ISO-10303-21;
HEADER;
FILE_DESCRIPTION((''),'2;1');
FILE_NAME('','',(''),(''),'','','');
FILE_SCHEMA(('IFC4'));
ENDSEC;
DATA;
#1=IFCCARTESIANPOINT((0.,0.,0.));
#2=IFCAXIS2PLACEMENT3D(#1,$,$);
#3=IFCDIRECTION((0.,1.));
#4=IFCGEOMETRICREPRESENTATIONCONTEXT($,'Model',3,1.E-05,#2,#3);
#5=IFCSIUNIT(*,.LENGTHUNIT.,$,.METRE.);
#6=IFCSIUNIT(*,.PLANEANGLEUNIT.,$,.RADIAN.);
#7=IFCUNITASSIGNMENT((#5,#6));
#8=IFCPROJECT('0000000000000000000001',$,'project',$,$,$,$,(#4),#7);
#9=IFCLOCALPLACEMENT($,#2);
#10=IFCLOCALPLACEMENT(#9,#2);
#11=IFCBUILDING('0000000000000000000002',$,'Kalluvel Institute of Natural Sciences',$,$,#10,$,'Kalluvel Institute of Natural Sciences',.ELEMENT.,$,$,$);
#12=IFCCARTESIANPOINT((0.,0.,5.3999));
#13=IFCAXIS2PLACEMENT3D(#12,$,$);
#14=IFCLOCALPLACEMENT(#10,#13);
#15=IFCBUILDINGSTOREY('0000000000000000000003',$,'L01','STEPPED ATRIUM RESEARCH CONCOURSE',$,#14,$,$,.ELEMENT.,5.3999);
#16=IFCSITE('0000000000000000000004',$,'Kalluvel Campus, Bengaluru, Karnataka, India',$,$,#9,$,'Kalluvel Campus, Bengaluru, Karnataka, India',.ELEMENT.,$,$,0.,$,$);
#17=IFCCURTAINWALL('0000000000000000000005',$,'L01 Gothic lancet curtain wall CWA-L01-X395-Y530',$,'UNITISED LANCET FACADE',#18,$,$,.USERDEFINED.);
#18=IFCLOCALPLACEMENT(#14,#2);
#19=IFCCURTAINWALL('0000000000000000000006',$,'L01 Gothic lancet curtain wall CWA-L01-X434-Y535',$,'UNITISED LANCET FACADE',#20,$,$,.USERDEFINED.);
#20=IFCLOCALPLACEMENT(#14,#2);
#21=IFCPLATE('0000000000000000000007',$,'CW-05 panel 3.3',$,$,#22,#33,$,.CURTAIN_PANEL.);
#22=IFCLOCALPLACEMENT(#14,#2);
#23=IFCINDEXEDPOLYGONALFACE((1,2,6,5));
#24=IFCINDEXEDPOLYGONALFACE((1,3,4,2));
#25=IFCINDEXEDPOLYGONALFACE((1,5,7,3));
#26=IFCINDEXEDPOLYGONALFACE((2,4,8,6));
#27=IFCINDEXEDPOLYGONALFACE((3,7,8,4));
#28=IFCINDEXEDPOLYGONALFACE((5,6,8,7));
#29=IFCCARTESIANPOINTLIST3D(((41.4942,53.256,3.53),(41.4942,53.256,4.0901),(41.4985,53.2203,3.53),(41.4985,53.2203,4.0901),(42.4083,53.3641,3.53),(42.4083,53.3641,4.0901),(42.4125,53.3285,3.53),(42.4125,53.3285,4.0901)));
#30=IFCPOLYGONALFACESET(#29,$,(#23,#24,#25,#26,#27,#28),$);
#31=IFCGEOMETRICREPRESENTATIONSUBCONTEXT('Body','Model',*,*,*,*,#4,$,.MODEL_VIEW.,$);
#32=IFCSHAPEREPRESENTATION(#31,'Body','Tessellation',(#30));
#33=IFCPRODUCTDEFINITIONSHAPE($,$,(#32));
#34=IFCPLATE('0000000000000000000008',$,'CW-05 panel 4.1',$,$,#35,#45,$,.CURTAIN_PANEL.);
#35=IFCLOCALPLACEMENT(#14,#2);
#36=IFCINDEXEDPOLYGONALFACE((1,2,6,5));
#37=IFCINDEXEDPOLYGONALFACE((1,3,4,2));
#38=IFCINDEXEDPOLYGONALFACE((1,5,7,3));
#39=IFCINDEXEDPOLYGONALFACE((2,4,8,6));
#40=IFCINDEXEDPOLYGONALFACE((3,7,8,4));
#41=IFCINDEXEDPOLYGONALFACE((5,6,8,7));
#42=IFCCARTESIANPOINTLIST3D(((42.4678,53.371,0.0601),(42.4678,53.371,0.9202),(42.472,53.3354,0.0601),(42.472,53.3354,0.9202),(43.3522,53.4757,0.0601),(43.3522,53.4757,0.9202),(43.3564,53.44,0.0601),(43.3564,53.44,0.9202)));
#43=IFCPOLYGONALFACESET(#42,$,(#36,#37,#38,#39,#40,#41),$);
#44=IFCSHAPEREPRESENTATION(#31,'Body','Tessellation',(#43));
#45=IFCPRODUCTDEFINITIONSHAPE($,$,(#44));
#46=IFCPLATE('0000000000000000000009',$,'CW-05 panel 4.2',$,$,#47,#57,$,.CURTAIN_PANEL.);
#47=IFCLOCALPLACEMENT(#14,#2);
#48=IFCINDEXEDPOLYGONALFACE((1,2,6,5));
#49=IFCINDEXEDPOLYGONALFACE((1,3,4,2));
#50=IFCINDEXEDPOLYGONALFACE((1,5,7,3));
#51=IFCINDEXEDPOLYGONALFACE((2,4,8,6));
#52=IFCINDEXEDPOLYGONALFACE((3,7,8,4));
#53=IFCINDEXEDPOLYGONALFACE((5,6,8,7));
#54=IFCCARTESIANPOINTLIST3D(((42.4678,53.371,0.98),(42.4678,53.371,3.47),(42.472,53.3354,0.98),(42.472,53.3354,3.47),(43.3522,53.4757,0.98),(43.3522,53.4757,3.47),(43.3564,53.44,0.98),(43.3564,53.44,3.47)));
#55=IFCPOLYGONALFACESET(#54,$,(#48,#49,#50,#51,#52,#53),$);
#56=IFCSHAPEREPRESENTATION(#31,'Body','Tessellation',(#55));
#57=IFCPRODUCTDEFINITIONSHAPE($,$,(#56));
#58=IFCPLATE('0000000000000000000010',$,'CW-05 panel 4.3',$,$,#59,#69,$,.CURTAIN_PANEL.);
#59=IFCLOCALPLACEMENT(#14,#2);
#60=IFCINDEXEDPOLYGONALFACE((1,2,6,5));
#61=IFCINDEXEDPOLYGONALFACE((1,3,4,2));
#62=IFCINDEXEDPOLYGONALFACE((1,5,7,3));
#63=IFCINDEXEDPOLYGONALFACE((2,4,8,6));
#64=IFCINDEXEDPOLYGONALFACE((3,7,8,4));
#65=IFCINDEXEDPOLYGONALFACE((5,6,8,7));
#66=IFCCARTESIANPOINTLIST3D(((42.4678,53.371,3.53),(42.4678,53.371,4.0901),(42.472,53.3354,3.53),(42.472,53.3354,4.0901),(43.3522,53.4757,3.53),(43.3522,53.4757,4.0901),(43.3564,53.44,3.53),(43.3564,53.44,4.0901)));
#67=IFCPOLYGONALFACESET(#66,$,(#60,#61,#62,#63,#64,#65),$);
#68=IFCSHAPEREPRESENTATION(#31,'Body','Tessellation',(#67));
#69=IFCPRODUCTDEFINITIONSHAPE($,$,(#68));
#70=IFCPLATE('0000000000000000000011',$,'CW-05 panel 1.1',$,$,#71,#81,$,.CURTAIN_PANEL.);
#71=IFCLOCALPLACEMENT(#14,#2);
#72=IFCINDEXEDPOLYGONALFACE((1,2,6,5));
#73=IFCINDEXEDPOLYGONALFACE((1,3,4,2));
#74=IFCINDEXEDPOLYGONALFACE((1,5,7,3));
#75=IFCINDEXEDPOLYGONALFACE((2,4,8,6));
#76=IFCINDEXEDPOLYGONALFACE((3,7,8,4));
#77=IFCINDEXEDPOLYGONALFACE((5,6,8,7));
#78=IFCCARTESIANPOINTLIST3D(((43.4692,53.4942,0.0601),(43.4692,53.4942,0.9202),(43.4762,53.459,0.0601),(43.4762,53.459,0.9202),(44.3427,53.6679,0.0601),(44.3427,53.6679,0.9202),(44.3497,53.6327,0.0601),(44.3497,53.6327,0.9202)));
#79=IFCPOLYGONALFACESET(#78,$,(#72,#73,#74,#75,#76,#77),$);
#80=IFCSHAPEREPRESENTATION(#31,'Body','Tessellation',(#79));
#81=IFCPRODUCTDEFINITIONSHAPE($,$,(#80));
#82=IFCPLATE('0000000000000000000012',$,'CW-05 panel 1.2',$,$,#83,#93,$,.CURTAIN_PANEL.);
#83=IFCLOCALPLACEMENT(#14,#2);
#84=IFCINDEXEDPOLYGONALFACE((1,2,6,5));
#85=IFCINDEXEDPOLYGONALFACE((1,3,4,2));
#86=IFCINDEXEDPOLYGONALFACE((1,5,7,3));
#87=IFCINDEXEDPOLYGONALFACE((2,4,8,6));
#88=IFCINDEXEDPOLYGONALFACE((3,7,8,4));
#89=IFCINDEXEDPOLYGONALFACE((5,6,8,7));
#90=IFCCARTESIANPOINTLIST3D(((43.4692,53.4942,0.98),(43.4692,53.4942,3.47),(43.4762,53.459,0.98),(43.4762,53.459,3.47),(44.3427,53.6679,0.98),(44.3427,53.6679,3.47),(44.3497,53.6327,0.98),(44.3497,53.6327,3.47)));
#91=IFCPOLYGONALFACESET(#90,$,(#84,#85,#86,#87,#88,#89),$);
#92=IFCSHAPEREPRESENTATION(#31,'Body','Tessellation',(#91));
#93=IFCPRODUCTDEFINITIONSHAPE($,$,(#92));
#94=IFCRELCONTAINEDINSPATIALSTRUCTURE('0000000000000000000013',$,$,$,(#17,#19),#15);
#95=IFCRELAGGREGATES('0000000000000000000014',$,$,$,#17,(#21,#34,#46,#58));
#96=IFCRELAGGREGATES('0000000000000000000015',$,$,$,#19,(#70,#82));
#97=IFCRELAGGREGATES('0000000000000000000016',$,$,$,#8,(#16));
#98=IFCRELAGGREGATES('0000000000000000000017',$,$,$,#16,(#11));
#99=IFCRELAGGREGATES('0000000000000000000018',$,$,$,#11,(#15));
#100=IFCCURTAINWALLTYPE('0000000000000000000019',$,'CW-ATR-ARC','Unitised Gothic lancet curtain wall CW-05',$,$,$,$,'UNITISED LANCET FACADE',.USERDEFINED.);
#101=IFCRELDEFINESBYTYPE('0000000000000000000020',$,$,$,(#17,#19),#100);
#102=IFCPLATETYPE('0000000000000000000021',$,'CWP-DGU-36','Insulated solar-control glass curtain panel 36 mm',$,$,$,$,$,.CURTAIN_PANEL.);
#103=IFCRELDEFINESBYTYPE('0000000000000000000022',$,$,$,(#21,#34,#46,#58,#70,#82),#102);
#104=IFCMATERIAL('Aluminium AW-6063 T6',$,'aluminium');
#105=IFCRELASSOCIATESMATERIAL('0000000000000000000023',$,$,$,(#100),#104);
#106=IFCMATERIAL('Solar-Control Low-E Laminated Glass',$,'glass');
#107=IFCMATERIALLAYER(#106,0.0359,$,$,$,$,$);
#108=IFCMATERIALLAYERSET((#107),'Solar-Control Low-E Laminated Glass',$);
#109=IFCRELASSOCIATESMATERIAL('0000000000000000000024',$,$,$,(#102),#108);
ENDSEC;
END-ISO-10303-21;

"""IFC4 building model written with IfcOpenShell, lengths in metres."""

from ifc_helpers import new_model, si_unit, direction, frame, origin, origin_2d, place, context, subcontext, project, spatial, rectangle, extrude, material, layer, layer_set, type_object, element, aggregate, save


model = new_model("IFC4")

# Units and contexts
model_context = context("Model", 3, precision=1e-05, world=origin(), true_north=direction((0.0, 1.0)))
body_context = subcontext(model_context, "Body", "Model", "MODEL_VIEW")
ifc_project = project(units=[si_unit("LENGTHUNIT", "METRE"), si_unit("PLANEANGLEUNIT", "RADIAN")], contexts=[model_context])

# Site, building, storey
site_placement = place(None, origin())
site = spatial("IfcSite", under=ifc_project, at=site_placement, Name="Kalluvel Campus, Bengaluru, Karnataka, India", LongName="Kalluvel Campus, Bengaluru, Karnataka, India", CompositionType="ELEMENT", RefElevation=0.0)
building_placement = place(site_placement, origin())
building = spatial("IfcBuilding", under=site, at=building_placement, Name="Kalluvel Institute of Natural Sciences", LongName="Kalluvel Institute of Natural Sciences", CompositionType="ELEMENT")
storey_placement = place(building_placement, frame((0.0, 0.0, 5.3999)))
storey = spatial("IfcBuildingStorey", under=building, at=storey_placement, Name="L01", Description="STEPPED ATRIUM RESEARCH CONCOURSE", CompositionType="ELEMENT", Elevation=5.3999)

# Curtain wall
ifc_material_1 = material(Name="Aluminium AW-6063 T6", Category="aluminium")
curtain_wall_type = type_object("IfcCurtainWallType", Name="CW-ATR-ARC", Description="Unitised Gothic lancet curtain wall CW-05", ElementType="UNITISED LANCET FACADE", PredefinedType="USERDEFINED", material=ifc_material_1)
curtain_wall_1_placement = place(storey_placement, origin())
curtain_wall_1 = element("IfcCurtainWall", 1, at=curtain_wall_1_placement, inside=storey, type_object=curtain_wall_type, Name="L01 Gothic lancet curtain wall CWA-L01-X395-Y530", ObjectType="UNITISED LANCET FACADE", PredefinedType="USERDEFINED")

# Curtain wall
curtain_wall_2_placement = place(storey_placement, origin())
curtain_wall_2 = element("IfcCurtainWall", 2, at=curtain_wall_2_placement, inside=storey, type_object=curtain_wall_type, Name="L01 Gothic lancet curtain wall CWA-L01-X434-Y535", ObjectType="UNITISED LANCET FACADE", PredefinedType="USERDEFINED")

# Plates
ifc_material_2 = material(Name="Solar-Control Low-E Laminated Glass", Category="glass")
ifc_layer = layer(ifc_material_2, 0.0359)
ifc_layer_set = layer_set([ifc_layer], Name="Solar-Control Low-E Laminated Glass")
plate_type = type_object("IfcPlateType", Name="CWP-DGU-36", Description="Insulated solar-control glass curtain panel 36 mm", PredefinedType="CURTAIN_PANEL", material=ifc_layer_set)
plate_1_placement = place(storey_placement, frame((41.9534, 53.2922, 3.53), z_axis=(0.0, 0.0, 1.0), x_axis=(0.993068, 0.117539, 0.0)))
plate_1 = element("IfcPlate", 3, at=plate_1_placement, type_object=plate_type, Name="CW-05 panel 3.3", PredefinedType="CURTAIN_PANEL", context=body_context, shape_type="SweptSolid", body=[
    extrude(rectangle(XDim=0.9204, YDim=0.0359, at=origin_2d()), origin(), (0.0, 0.0, 1.0), 0.5601),
])
plate_2_placement = place(storey_placement, frame((42.9121, 53.4055, 0.0601), z_axis=(0.0, 0.0, 1.0), x_axis=(0.993068, 0.117539, 0.0)))
plate_2 = element("IfcPlate", 4, at=plate_2_placement, type_object=plate_type, Name="CW-05 panel 4.1", PredefinedType="CURTAIN_PANEL", context=body_context, shape_type="SweptSolid", body=[
    extrude(rectangle(XDim=0.8906, YDim=0.0359, at=origin_2d()), origin(), (0.0, 0.0, 1.0), 0.8601),
])
plate_3_placement = place(storey_placement, frame((42.9121, 53.4055, 0.98), z_axis=(0.0, 0.0, 1.0), x_axis=(0.993068, 0.117539, 0.0)))
plate_3 = element("IfcPlate", 5, at=plate_3_placement, type_object=plate_type, Name="CW-05 panel 4.2", PredefinedType="CURTAIN_PANEL", context=body_context, shape_type="SweptSolid", body=[
    extrude(rectangle(XDim=0.8906, YDim=0.0359, at=origin_2d()), origin(), (0.0, 0.0, 1.0), 2.49),
])
plate_4_placement = place(storey_placement, frame((42.9121, 53.4055, 3.53), z_axis=(0.0, 0.0, 1.0), x_axis=(0.993068, 0.117539, 0.0)))
plate_4 = element("IfcPlate", 6, at=plate_4_placement, type_object=plate_type, Name="CW-05 panel 4.3", PredefinedType="CURTAIN_PANEL", context=body_context, shape_type="SweptSolid", body=[
    extrude(rectangle(XDim=0.8906, YDim=0.0359, at=origin_2d()), origin(), (0.0, 0.0, 1.0), 0.5601),
])
aggregate(curtain_wall_1, [plate_1, plate_2, plate_3, plate_4])
plate_5_placement = place(storey_placement, frame((43.9094, 53.5635, 0.0601), z_axis=(0.0, 0.0, 1.0), x_axis=(0.980788, 0.195077, 0.0)))
plate_5 = element("IfcPlate", 7, at=plate_5_placement, type_object=plate_type, Name="CW-05 panel 1.1", PredefinedType="CURTAIN_PANEL", context=body_context, shape_type="SweptSolid", body=[
    extrude(rectangle(XDim=0.8906, YDim=0.0359, at=origin_2d()), origin(), (0.0, 0.0, 1.0), 0.8601),
])
plate_6_placement = place(storey_placement, frame((43.9094, 53.5635, 0.98), z_axis=(0.0, 0.0, 1.0), x_axis=(0.980788, 0.195077, 0.0)))
plate_6 = element("IfcPlate", 8, at=plate_6_placement, type_object=plate_type, Name="CW-05 panel 1.2", PredefinedType="CURTAIN_PANEL", context=body_context, shape_type="SweptSolid", body=[
    extrude(rectangle(XDim=0.8906, YDim=0.0359, at=origin_2d()), origin(), (0.0, 0.0, 1.0), 2.49),
])
aggregate(curtain_wall_2, [plate_5, plate_6])

save(model, "model.ifc")
